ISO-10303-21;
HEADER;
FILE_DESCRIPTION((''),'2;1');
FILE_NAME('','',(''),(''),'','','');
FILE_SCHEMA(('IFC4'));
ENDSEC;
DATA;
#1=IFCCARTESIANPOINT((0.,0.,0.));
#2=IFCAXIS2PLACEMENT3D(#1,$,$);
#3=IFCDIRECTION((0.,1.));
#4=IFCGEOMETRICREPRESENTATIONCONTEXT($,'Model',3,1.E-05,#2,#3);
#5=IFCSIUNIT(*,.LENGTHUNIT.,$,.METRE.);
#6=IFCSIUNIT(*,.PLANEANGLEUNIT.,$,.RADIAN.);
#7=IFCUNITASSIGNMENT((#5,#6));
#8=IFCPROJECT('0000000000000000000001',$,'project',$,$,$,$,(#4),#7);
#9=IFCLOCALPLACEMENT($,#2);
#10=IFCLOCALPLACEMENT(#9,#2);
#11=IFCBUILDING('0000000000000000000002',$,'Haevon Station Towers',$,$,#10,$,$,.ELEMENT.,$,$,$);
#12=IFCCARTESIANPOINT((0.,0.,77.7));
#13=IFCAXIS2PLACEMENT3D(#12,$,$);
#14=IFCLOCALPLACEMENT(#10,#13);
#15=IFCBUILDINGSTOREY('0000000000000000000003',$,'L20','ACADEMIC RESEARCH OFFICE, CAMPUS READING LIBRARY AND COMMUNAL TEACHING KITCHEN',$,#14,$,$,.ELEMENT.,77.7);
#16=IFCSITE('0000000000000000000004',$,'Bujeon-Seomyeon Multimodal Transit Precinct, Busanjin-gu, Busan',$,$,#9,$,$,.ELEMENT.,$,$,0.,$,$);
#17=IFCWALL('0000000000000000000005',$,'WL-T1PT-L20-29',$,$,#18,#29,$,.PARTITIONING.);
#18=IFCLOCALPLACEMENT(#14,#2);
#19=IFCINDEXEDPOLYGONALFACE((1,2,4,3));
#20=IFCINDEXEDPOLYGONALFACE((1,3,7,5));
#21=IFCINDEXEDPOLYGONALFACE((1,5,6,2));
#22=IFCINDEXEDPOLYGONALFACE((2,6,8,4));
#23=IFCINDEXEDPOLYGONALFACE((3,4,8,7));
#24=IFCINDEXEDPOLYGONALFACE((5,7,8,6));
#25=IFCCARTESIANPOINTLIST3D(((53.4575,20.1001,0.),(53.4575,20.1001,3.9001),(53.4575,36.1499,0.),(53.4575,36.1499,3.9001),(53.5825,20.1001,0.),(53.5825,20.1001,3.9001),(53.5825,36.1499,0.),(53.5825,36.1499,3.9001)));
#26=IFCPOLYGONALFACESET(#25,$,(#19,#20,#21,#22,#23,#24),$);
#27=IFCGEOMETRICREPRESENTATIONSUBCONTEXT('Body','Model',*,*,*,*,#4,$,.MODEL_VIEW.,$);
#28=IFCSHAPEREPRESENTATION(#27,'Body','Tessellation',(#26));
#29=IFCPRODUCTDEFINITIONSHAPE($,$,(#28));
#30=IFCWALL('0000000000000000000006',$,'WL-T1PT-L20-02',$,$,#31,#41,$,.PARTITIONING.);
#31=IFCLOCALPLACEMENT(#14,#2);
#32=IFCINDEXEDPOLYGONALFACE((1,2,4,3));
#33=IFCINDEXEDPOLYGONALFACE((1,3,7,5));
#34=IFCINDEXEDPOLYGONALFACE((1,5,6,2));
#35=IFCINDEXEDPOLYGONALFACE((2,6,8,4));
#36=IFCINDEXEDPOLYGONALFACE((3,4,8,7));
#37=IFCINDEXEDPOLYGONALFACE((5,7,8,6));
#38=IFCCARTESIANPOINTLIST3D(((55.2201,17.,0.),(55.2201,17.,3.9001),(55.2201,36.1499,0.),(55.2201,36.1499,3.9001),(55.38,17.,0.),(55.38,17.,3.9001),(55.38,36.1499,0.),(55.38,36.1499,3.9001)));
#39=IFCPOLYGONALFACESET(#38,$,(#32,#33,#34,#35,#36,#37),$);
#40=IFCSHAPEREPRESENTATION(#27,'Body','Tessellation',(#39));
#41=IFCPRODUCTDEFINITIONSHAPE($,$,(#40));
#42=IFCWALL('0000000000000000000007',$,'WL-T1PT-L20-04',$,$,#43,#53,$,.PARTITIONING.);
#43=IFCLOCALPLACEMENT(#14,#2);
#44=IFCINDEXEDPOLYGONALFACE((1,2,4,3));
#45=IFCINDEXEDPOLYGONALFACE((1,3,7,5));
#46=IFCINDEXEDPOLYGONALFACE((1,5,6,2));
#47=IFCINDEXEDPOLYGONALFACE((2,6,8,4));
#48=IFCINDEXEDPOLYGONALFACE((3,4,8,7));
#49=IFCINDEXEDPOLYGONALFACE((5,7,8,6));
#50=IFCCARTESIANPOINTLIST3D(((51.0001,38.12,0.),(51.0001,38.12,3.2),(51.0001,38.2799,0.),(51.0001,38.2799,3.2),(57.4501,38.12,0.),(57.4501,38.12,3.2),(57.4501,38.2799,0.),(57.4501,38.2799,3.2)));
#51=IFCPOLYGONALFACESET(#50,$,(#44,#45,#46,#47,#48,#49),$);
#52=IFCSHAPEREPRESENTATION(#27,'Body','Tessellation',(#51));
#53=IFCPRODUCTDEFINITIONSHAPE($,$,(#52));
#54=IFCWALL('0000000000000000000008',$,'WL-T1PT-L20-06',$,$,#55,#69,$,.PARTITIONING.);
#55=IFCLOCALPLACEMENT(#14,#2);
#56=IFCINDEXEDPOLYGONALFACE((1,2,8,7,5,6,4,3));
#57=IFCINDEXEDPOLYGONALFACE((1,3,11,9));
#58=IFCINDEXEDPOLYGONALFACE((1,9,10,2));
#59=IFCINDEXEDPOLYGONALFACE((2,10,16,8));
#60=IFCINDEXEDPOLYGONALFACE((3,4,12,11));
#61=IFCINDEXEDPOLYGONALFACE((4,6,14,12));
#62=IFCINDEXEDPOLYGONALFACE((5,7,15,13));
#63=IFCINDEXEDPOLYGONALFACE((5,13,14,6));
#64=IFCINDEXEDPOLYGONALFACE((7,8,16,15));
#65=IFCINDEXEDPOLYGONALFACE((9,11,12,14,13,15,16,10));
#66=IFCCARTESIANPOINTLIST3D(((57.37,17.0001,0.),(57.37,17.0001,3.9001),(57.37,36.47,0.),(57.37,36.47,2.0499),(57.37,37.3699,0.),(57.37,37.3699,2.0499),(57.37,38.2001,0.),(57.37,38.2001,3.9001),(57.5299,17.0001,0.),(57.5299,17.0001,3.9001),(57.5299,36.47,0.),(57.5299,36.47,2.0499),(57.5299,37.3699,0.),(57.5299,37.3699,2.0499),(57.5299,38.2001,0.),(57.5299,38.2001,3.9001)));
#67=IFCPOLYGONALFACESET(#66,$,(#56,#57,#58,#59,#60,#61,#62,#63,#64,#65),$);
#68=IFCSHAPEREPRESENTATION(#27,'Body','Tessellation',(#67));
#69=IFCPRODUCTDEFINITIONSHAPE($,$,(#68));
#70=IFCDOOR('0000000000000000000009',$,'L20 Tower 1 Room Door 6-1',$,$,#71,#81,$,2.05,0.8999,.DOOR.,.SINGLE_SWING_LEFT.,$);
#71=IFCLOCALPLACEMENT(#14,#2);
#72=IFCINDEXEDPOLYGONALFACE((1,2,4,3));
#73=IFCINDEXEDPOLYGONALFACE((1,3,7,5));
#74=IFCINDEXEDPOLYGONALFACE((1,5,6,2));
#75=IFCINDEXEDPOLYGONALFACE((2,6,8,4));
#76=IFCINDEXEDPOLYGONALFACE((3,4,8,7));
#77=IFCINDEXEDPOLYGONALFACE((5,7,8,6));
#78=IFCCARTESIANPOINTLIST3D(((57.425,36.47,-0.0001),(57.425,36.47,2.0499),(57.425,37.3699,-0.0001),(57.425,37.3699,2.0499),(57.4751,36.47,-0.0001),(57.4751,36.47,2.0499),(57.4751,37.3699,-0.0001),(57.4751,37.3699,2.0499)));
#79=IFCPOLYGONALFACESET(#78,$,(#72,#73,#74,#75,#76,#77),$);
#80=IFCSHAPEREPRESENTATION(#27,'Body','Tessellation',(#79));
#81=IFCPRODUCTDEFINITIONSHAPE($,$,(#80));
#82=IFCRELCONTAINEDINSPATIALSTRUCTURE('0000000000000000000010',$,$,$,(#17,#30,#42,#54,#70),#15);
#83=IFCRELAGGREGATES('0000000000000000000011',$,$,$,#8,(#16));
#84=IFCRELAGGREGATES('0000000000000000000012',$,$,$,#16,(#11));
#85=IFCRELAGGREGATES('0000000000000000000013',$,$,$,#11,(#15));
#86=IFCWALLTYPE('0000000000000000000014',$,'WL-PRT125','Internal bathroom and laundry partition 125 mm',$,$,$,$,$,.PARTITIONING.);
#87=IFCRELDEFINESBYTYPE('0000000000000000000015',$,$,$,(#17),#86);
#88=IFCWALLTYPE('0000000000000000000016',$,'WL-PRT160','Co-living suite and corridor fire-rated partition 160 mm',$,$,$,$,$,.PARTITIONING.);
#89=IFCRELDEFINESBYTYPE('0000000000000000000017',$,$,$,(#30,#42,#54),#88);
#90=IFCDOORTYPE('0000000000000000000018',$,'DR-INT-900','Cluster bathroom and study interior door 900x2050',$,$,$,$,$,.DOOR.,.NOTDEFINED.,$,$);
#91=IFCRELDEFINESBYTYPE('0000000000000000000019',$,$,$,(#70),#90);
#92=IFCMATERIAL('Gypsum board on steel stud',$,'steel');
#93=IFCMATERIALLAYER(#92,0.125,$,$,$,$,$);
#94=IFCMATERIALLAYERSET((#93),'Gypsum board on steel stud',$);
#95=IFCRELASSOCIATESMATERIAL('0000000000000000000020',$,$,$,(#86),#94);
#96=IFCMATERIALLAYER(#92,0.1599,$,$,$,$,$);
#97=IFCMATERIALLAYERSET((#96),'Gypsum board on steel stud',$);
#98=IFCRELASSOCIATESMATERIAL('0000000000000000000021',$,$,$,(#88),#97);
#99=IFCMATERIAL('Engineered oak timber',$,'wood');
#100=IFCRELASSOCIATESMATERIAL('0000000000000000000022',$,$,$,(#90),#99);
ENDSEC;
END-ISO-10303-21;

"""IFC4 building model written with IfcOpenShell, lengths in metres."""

from ifc_helpers import new_model, si_unit, direction, frame, frame_2d, origin, place, context, subcontext, project, spatial, rectangle, extrude, material, layer, layer_set, type_object, element, fill, save


model = new_model("IFC4")

# Units and contexts
model_context = context("Model", 3, precision=1e-05, world=origin(), true_north=direction((0.0, 1.0)))
body_context = subcontext(model_context, "Body", "Model", "MODEL_VIEW")
ifc_project = project(units=[si_unit("LENGTHUNIT", "METRE"), si_unit("PLANEANGLEUNIT", "RADIAN")], contexts=[model_context])

# Site, building, storey
site_placement = place(None, origin())
site = spatial("IfcSite", under=ifc_project, at=site_placement, Name="Bujeon-Seomyeon Multimodal Transit Precinct, Busanjin-gu, Busan", CompositionType="ELEMENT", RefElevation=0.0)
building_placement = place(site_placement, origin())
building = spatial("IfcBuilding", under=site, at=building_placement, Name="Haevon Station Towers", CompositionType="ELEMENT")
storey_placement = place(building_placement, frame((0.0, 0.0, 77.7)))
storey = spatial("IfcBuildingStorey", under=building, at=storey_placement, Name="L20", Description="ACADEMIC RESEARCH OFFICE, CAMPUS READING LIBRARY AND COMMUNAL TEACHING KITCHEN", CompositionType="ELEMENT", Elevation=77.7)

# Walls
ifc_material_1 = material(Name="Gypsum board on steel stud", Category="steel")
ifc_layer_1 = layer(ifc_material_1, 0.125)
ifc_layer_set_1 = layer_set([ifc_layer_1], Name="Gypsum board on steel stud")
wall_type_1 = type_object("IfcWallType", Name="WL-PRT125", Description="Internal bathroom and laundry partition 125 mm", PredefinedType="PARTITIONING", material=ifc_layer_set_1)
wall_1_placement = place(storey_placement, frame((53.52, 20.1001, 0.0), z_axis=(0.0, 0.0, 1.0), x_axis=(0.0, 1.0, 0.0)))
element("IfcWall", 1, at=wall_1_placement, inside=storey, type_object=wall_type_1, Name="WL-T1PT-L20-29", PredefinedType="PARTITIONING", context=body_context, shape_type="SweptSolid", body=[
    extrude(rectangle(XDim=16.0498, YDim=0.125, at=frame_2d((8.0249, 0.0))), origin(), (0.0, 0.0, 1.0), 3.9001),
])
ifc_layer_2 = layer(ifc_material_1, 0.1599)
ifc_layer_set_2 = layer_set([ifc_layer_2], Name="Gypsum board on steel stud")
wall_type_2 = type_object("IfcWallType", Name="WL-PRT160", Description="Co-living suite and corridor fire-rated partition 160 mm", PredefinedType="PARTITIONING", material=ifc_layer_set_2)
wall_2_placement = place(storey_placement, frame((55.3, 17.0, 0.0), z_axis=(0.0, 0.0, 1.0), x_axis=(0.0, 1.0, 0.0)))
element("IfcWall", 2, at=wall_2_placement, inside=storey, type_object=wall_type_2, Name="WL-T1PT-L20-02", PredefinedType="PARTITIONING", context=body_context, shape_type="SweptSolid", body=[
    extrude(rectangle(XDim=19.1499, YDim=0.1599, at=frame_2d((9.575, 0.0))), origin(), (0.0, 0.0, 1.0), 3.9001),
])
wall_3_placement = place(storey_placement, frame((51.0, 38.2, 0.0), z_axis=(0.0, 0.0, 1.0), x_axis=(1.0, 0.0, 0.0)))
element("IfcWall", 3, at=wall_3_placement, inside=storey, type_object=wall_type_2, Name="WL-T1PT-L20-04", PredefinedType="PARTITIONING", context=body_context, shape_type="SweptSolid", body=[
    extrude(rectangle(XDim=6.45, YDim=0.1599, at=frame_2d((3.2251, 0.0))), origin(), (0.0, 0.0, 1.0), 3.2),
])

# Wall, opening, door
wall_4_placement = place(storey_placement, frame((57.45, 17.0, 0.0), z_axis=(0.0, 0.0, 1.0), x_axis=(0.0, 1.0, 0.0)))
wall_4 = element("IfcWall", 4, at=wall_4_placement, inside=storey, type_object=wall_type_2, Name="WL-T1PT-L20-06", PredefinedType="PARTITIONING", context=body_context, shape_type="SweptSolid", body=[
    extrude(rectangle(XDim=21.2, YDim=0.1599, at=frame_2d((10.6001, 0.0))), origin(), (0.0, 0.0, 1.0), 3.9001),
])
opening_1_placement = place(wall_4_placement, frame((19.47, 0.0, 0.0)))
opening_1 = element("IfcOpeningElement", 5, at=opening_1_placement, cuts=wall_4, PredefinedType="OPENING", context=body_context, shape_type="SweptSolid", body=[
    extrude(rectangle(XDim=0.8999, YDim=2.05, at=frame_2d((0.45, 1.0249))), frame((0.0, 0.0898, 0.0), z_axis=(0.0, -1.0, 0.0), x_axis=(1.0, 0.0, 0.0)), (0.0, 0.0, 1.0), 0.1799),
])
ifc_material_2 = material(Name="Engineered oak timber", Category="wood")
door_type = type_object("IfcDoorType", Name="DR-INT-900", Description="Cluster bathroom and study interior door 900x2050", OperationType="NOTDEFINED", PredefinedType="DOOR", material=ifc_material_2)
door_placement = place(opening_1_placement, origin())
door = element("IfcDoor", 6, at=door_placement, inside=storey, type_object=door_type, Name="L20 Tower 1 Room Door 6-1", OperationType="SINGLE_SWING_LEFT", OverallHeight=2.05, OverallWidth=0.8999, PredefinedType="DOOR", context=body_context, shape_type="SweptSolid", body=[
    extrude(rectangle(XDim=0.8999, YDim=2.05, at=frame_2d((0.45, 1.0249))), frame((0.0, 0.0249, 0.0), z_axis=(0.0, -1.0, 0.0), x_axis=(1.0, 0.0, 0.0)), (0.0, 0.0, 1.0), 0.05),
])
fill(opening_1, door)

save(model, "model.ifc")
